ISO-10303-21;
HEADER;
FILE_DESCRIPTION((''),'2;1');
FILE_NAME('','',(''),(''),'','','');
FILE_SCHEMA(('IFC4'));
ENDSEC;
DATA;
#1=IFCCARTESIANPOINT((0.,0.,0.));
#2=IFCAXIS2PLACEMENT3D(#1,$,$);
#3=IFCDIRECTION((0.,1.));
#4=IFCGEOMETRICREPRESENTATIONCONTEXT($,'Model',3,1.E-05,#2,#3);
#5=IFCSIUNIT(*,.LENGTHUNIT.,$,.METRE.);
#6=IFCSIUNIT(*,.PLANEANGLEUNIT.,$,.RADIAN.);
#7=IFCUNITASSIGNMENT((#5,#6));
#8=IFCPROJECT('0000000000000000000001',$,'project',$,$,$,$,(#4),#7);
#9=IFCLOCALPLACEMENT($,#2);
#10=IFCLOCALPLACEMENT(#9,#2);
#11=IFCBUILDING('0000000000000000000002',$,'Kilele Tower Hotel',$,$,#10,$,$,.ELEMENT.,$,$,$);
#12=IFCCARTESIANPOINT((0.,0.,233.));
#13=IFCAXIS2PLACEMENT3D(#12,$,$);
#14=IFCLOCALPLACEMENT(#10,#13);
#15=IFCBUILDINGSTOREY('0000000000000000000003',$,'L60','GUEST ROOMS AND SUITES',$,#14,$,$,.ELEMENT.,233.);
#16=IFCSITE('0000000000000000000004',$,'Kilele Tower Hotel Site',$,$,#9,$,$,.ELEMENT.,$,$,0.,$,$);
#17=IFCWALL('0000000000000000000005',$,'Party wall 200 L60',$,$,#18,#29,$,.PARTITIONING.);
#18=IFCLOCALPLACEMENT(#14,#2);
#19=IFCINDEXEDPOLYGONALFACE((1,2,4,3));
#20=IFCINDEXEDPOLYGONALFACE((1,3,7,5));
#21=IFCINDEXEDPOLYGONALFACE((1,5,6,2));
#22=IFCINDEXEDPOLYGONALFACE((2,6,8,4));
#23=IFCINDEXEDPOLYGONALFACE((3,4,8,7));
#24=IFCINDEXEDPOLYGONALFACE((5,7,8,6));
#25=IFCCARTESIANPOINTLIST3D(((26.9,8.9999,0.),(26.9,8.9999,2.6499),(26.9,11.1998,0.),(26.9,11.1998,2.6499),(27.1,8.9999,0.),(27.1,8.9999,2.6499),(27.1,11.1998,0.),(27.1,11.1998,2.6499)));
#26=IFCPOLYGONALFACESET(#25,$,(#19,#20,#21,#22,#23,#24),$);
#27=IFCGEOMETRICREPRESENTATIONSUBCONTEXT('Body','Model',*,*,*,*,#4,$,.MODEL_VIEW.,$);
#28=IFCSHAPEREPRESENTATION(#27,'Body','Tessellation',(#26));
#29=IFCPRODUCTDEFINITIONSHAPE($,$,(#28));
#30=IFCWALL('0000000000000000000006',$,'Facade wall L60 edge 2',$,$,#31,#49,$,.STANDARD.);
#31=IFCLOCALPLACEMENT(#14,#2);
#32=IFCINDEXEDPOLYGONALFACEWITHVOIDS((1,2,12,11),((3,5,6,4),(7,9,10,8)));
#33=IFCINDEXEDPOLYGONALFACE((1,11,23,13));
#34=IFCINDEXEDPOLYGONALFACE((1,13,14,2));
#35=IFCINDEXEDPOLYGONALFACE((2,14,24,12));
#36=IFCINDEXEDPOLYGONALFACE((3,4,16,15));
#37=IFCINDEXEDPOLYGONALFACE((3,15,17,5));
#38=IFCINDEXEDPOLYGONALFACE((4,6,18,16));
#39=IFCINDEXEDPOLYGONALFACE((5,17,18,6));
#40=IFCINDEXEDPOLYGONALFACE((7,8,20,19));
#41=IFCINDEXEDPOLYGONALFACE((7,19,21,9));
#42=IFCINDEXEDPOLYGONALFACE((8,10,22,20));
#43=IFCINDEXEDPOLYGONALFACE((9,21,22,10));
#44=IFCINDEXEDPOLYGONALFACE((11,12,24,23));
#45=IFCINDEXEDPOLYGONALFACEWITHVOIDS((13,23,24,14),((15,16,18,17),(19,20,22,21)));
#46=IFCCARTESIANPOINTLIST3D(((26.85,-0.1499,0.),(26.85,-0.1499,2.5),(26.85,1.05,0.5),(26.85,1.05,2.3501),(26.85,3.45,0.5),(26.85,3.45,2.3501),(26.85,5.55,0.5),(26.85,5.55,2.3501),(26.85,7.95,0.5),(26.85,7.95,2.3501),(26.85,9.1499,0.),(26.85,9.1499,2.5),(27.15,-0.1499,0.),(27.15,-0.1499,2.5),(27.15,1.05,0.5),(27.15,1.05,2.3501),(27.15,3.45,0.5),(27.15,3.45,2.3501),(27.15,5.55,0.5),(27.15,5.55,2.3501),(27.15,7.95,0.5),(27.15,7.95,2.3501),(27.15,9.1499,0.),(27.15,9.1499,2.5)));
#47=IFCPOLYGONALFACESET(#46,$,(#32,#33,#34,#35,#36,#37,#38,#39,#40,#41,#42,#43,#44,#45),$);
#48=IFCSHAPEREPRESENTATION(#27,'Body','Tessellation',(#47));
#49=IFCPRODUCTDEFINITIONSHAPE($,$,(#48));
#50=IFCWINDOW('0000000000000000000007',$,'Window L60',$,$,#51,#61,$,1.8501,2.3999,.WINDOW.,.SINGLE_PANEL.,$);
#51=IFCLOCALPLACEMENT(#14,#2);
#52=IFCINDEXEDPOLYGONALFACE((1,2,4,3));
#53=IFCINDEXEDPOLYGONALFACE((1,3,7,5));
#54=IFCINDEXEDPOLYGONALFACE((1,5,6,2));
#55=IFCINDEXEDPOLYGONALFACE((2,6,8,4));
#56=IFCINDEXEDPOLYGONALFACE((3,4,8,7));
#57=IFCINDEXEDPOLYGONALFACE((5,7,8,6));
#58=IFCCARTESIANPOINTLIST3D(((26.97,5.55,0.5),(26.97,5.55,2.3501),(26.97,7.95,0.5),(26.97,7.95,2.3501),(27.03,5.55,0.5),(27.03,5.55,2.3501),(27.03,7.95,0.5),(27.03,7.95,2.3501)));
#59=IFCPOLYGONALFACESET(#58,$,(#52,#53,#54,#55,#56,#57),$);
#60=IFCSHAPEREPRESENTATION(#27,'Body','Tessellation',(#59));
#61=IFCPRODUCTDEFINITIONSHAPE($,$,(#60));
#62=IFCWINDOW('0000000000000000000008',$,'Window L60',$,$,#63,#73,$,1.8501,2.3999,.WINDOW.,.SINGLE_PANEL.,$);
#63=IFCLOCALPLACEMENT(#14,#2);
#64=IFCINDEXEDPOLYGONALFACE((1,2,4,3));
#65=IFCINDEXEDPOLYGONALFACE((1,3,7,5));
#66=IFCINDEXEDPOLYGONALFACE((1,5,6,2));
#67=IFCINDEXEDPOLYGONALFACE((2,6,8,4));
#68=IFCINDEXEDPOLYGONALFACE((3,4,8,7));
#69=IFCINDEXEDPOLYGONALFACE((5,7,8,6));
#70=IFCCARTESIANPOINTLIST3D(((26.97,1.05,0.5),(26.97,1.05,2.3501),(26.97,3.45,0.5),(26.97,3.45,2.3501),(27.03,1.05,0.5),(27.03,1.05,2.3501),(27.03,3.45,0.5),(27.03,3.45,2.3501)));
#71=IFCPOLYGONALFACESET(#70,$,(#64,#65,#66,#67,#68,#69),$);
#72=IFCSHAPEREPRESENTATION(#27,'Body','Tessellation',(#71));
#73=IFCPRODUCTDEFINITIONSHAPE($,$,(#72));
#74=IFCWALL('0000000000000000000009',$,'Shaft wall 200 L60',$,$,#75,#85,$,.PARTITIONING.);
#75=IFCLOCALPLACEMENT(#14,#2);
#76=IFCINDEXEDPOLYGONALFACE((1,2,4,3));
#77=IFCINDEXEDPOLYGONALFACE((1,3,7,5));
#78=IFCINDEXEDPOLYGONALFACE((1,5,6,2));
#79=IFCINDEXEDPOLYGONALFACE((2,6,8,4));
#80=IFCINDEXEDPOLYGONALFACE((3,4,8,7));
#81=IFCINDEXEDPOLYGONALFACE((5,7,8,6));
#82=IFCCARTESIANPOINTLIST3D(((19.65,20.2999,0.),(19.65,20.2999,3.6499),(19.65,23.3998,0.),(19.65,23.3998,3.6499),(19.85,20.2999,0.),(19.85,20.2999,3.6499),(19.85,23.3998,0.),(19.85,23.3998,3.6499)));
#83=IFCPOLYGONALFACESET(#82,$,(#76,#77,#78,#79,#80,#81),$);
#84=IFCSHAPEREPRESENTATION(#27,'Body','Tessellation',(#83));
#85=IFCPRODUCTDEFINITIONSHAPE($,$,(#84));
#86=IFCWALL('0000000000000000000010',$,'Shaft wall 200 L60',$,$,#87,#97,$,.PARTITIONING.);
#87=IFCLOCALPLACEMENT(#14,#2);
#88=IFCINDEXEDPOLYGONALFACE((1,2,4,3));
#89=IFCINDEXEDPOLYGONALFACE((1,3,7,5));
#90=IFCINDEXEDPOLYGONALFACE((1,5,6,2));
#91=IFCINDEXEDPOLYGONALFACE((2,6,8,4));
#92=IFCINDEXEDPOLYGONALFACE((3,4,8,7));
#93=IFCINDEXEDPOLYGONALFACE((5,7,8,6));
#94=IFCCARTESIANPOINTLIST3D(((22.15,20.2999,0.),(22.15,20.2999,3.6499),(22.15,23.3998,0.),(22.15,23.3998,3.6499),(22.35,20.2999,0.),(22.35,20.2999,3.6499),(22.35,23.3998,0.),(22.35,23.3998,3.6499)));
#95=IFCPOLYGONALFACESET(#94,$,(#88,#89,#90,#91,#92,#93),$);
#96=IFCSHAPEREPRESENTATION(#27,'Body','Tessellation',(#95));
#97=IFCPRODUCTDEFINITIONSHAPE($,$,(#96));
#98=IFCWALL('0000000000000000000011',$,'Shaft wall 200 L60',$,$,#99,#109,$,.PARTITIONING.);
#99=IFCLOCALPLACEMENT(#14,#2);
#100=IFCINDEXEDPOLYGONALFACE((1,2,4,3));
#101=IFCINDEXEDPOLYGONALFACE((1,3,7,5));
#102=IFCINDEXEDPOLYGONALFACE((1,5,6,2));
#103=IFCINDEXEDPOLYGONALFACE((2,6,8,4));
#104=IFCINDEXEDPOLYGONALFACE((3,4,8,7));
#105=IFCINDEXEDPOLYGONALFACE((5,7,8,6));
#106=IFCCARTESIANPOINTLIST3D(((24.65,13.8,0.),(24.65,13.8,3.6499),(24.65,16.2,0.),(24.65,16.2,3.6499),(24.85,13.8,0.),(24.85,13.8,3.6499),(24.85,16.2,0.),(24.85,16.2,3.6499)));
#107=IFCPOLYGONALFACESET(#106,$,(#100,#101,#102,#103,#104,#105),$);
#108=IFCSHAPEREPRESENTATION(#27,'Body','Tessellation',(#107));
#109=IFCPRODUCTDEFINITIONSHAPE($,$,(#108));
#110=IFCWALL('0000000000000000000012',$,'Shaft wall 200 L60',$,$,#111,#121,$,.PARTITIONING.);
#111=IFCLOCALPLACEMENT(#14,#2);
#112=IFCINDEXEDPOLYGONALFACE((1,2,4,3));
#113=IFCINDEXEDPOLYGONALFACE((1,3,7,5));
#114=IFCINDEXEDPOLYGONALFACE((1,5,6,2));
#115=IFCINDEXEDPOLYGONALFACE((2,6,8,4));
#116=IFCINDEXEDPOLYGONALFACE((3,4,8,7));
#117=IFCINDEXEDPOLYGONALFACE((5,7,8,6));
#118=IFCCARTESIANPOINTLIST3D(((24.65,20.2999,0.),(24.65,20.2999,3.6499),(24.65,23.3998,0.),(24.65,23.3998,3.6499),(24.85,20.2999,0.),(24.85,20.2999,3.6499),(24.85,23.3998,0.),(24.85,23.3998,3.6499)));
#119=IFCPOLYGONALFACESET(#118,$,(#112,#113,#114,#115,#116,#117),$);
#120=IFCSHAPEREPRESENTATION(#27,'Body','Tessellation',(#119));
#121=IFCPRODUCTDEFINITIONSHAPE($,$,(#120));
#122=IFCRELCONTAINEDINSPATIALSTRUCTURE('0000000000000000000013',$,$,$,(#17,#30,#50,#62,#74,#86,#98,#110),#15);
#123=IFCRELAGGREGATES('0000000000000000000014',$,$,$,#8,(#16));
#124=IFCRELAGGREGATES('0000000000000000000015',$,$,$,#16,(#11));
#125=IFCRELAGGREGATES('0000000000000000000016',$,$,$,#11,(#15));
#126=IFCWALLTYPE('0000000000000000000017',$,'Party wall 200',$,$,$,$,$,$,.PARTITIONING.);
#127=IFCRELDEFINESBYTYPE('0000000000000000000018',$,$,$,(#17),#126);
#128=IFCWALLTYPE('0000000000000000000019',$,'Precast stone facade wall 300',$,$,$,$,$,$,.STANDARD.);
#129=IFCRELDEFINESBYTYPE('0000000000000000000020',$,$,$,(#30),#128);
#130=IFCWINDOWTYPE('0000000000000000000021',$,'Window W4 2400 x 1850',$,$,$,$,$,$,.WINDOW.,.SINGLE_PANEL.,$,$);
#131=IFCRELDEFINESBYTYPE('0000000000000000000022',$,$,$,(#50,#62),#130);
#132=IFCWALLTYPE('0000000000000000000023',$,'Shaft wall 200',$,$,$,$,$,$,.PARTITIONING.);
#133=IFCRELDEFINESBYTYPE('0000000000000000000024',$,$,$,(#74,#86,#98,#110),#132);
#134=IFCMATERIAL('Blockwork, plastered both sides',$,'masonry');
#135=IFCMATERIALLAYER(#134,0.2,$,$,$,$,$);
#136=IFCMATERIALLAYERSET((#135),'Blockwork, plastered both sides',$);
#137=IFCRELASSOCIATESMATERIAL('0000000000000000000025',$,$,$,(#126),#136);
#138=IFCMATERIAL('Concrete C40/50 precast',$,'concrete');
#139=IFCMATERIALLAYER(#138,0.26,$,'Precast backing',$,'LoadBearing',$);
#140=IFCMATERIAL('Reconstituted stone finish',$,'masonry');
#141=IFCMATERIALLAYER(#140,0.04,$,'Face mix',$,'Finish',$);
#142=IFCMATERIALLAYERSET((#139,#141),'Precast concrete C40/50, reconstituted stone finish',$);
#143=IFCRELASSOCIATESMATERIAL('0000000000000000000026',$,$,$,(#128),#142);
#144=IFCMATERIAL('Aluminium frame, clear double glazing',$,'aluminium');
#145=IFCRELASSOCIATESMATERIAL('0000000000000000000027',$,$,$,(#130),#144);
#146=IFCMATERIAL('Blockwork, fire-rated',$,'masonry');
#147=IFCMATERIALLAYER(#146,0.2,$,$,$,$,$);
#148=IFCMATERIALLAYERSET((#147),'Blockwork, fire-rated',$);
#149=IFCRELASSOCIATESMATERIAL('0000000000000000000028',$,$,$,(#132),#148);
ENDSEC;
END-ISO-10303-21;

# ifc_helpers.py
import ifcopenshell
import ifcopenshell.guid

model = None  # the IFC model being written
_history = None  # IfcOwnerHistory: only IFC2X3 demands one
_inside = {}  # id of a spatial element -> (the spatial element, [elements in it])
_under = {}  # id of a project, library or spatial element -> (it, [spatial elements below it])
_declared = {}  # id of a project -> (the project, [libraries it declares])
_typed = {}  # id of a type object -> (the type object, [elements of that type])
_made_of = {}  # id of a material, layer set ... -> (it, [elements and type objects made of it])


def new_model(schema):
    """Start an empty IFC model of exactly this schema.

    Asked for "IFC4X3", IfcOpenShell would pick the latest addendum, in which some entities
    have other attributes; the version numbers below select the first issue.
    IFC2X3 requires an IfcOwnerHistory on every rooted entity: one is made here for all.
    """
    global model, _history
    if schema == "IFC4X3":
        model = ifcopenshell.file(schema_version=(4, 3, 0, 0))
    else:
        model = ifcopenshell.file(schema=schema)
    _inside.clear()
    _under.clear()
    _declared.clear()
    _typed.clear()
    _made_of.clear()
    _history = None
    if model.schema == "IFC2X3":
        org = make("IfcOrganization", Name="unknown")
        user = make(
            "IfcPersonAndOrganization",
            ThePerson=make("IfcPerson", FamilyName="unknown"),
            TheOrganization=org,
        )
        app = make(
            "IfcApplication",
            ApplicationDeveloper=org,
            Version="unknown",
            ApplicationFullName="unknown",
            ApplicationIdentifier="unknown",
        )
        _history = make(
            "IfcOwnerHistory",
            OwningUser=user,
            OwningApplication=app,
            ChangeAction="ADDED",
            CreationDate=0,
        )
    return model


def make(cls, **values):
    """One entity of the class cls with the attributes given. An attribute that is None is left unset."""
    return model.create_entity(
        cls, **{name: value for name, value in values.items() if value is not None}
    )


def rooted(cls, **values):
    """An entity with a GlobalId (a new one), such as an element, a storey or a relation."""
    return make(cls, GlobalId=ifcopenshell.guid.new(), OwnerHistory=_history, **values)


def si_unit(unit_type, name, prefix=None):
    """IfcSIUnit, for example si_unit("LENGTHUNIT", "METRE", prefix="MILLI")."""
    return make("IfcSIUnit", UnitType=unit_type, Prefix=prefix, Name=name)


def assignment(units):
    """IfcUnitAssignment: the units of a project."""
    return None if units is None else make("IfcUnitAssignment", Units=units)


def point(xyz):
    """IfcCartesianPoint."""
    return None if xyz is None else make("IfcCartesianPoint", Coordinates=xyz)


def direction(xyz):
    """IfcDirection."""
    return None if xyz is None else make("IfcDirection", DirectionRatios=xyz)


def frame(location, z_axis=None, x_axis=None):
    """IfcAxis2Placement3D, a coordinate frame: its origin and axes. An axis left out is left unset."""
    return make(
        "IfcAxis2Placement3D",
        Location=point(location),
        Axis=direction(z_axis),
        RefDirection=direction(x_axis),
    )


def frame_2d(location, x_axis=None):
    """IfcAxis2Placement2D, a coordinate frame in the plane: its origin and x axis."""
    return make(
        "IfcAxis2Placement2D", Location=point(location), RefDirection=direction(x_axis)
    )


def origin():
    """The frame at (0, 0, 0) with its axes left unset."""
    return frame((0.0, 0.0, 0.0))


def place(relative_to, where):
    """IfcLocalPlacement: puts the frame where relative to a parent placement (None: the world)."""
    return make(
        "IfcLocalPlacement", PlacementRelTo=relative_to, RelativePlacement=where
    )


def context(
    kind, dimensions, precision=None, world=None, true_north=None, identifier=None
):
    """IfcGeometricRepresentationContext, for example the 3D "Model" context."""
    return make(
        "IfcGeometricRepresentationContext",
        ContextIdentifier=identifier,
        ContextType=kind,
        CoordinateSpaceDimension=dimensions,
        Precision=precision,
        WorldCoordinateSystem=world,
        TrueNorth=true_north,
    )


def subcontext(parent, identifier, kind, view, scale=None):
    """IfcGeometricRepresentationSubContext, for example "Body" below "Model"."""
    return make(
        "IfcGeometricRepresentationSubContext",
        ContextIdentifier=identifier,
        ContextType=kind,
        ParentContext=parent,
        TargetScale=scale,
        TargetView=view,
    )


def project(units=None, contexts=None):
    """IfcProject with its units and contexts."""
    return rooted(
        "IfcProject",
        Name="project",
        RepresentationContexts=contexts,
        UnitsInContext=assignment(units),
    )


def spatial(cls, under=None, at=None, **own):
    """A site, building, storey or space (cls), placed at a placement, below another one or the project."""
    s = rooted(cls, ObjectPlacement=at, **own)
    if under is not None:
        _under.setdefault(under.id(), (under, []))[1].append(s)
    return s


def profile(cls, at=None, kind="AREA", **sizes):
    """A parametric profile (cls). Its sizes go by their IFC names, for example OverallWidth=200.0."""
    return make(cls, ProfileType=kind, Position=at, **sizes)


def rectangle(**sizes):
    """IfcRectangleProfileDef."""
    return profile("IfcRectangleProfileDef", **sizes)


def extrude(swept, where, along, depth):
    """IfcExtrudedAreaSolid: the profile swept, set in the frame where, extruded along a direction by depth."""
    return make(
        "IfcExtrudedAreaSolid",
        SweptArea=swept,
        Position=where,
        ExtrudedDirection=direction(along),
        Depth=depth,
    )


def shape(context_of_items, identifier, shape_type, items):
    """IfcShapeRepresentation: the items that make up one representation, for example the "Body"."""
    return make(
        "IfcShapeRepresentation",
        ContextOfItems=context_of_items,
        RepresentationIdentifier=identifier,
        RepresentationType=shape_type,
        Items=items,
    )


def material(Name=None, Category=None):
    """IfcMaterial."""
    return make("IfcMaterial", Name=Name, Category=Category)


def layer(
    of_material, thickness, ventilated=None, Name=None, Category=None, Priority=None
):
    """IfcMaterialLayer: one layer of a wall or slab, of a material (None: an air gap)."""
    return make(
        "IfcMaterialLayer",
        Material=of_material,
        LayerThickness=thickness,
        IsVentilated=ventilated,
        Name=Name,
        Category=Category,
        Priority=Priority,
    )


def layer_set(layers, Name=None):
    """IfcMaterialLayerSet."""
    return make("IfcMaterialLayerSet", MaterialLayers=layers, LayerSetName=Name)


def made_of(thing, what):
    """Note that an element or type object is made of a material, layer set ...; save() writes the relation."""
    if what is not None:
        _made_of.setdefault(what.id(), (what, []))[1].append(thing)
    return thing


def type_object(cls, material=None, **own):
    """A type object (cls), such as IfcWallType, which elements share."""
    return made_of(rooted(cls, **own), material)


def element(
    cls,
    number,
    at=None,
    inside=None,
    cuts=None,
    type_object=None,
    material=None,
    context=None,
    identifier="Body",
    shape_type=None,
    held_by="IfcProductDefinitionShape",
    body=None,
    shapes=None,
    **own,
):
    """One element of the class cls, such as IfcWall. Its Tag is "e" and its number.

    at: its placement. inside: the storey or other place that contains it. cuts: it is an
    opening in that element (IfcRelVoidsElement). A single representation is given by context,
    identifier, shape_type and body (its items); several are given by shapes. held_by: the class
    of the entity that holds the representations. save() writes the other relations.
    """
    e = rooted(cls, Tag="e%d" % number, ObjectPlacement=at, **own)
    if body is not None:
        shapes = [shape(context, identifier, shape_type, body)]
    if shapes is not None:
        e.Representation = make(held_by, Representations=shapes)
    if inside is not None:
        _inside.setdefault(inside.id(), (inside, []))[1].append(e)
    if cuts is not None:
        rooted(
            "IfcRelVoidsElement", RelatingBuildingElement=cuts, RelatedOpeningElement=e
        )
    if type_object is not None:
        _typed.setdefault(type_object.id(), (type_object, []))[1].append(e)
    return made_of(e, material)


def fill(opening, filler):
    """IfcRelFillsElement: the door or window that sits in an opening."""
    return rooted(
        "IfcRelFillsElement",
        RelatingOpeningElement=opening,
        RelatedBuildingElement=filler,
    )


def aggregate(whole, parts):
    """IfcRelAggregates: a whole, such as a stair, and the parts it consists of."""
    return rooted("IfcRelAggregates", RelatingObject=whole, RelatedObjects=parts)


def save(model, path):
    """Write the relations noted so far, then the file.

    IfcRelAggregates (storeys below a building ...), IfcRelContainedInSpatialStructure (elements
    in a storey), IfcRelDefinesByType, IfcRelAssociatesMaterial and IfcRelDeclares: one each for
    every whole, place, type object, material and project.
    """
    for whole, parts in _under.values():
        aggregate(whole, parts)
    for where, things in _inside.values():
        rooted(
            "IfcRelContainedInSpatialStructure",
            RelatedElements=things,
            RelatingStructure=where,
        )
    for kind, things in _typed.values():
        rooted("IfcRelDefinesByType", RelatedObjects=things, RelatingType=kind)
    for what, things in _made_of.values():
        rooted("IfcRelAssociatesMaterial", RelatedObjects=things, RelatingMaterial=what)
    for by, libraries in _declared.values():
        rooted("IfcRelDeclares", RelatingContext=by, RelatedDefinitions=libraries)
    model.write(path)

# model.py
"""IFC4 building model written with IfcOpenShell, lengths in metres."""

from ifc_helpers import new_model, si_unit, direction, frame, frame_2d, origin, place, context, subcontext, project, spatial, rectangle, extrude, material, layer, layer_set, type_object, element, fill, save


model = new_model("IFC4")

# Units and contexts
model_context = context("Model", 3, precision=1e-05, world=origin(), true_north=direction((0.0, 1.0)))
body_context = subcontext(model_context, "Body", "Model", "MODEL_VIEW")
ifc_project = project(units=[si_unit("LENGTHUNIT", "METRE"), si_unit("PLANEANGLEUNIT", "RADIAN")], contexts=[model_context])

# Site, building, storey
site_placement = place(None, origin())
site = spatial("IfcSite", under=ifc_project, at=site_placement, Name="Kilele Tower Hotel Site", CompositionType="ELEMENT", RefElevation=0.0)
building_placement = place(site_placement, origin())
building = spatial("IfcBuilding", under=site, at=building_placement, Name="Kilele Tower Hotel", CompositionType="ELEMENT")
storey_placement = place(building_placement, frame((0.0, 0.0, 233.0)))
storey = spatial("IfcBuildingStorey", under=building, at=storey_placement, Name="L60", Description="GUEST ROOMS AND SUITES", CompositionType="ELEMENT", Elevation=233.0)

# Wall
ifc_material_1 = material(Name="Blockwork, plastered both sides", Category="masonry")
ifc_layer_1 = layer(ifc_material_1, 0.2)
ifc_layer_set_1 = layer_set([ifc_layer_1], Name="Blockwork, plastered both sides")
wall_type_1 = type_object("IfcWallType", Name="Party wall 200", PredefinedType="PARTITIONING", material=ifc_layer_set_1)
wall_1_placement = place(storey_placement, frame((27.0, 11.2, 0.0), z_axis=(0.0, 0.0, 1.0), x_axis=(0.0, -1.0, 0.0)))
element("IfcWall", 1, at=wall_1_placement, inside=storey, type_object=wall_type_1, Name="Party wall 200 L60", PredefinedType="PARTITIONING", context=body_context, shape_type="SweptSolid", body=[
    extrude(rectangle(XDim=2.2, YDim=0.2, at=frame_2d((1.1001, 0.0))), origin(), (0.0, 0.0, 1.0), 2.6499),
])

# Wall, openings, windows
ifc_material_2 = material(Name="Concrete C40/50 precast", Category="concrete")
ifc_layer_2 = layer(ifc_material_2, 0.26, Name="Precast backing", Category="LoadBearing")
ifc_material_3 = material(Name="Reconstituted stone finish", Category="masonry")
ifc_layer_3 = layer(ifc_material_3, 0.04, Name="Face mix", Category="Finish")
ifc_layer_set_2 = layer_set([ifc_layer_2, ifc_layer_3], Name="Precast concrete C40/50, reconstituted stone finish")
wall_type_2 = type_object("IfcWallType", Name="Precast stone facade wall 300", PredefinedType="STANDARD", material=ifc_layer_set_2)
wall_2_placement = place(storey_placement, frame((27.0, 9.1499, 0.0), z_axis=(0.0, 0.0, 1.0), x_axis=(0.0, -1.0, 0.0)))
wall_2 = element("IfcWall", 2, at=wall_2_placement, inside=storey, type_object=wall_type_2, Name="Facade wall L60 edge 2", PredefinedType="STANDARD", context=body_context, shape_type="SweptSolid", body=[
    extrude(rectangle(XDim=9.2998, YDim=0.3, at=frame_2d((4.6499, 0.0))), origin(), (0.0, 0.0, 1.0), 2.5),
])
opening_1_placement = place(wall_2_placement, frame((1.2, 0.0, 0.5)))
opening_1 = element("IfcOpeningElement", 3, at=opening_1_placement, cuts=wall_2, PredefinedType="OPENING", context=body_context, shape_type="SweptSolid", body=[
    extrude(rectangle(XDim=2.3999, YDim=1.8501, at=frame_2d((1.2, 0.925))), frame((0.0, 0.1599, 0.0), z_axis=(0.0, -1.0, 0.0), x_axis=(1.0, 0.0, 0.0)), (0.0, 0.0, 1.0), 0.3201),
])
opening_2_placement = place(wall_2_placement, frame((5.7, 0.0, 0.5)))
opening_2 = element("IfcOpeningElement", 4, at=opening_2_placement, cuts=wall_2, PredefinedType="OPENING", context=body_context, shape_type="SweptSolid", body=[
    extrude(rectangle(XDim=2.3999, YDim=1.8501, at=frame_2d((1.2, 0.925))), frame((0.0, 0.1599, 0.0), z_axis=(0.0, -1.0, 0.0), x_axis=(1.0, 0.0, 0.0)), (0.0, 0.0, 1.0), 0.3201),
])
ifc_material_4 = material(Name="Aluminium frame, clear double glazing", Category="aluminium")
window_type = type_object("IfcWindowType", Name="Window W4 2400 x 1850", PartitioningType="SINGLE_PANEL", PredefinedType="WINDOW", material=ifc_material_4)
window_1_placement = place(opening_1_placement, origin())
window_1 = element("IfcWindow", 5, at=window_1_placement, inside=storey, type_object=window_type, Name="Window L60", OverallHeight=1.8501, OverallWidth=2.3999, PartitioningType="SINGLE_PANEL", PredefinedType="WINDOW", context=body_context, shape_type="SweptSolid", body=[
    extrude(rectangle(XDim=2.3999, YDim=1.8501, at=frame_2d((1.2, 0.925))), frame((0.0, 0.03, 0.0), z_axis=(0.0, -1.0, 0.0), x_axis=(1.0, 0.0, 0.0)), (0.0, 0.0, 1.0), 0.0601),
])
fill(opening_1, window_1)
window_2_placement = place(opening_2_placement, origin())
window_2 = element("IfcWindow", 6, at=window_2_placement, inside=storey, type_object=window_type, Name="Window L60", OverallHeight=1.8501, OverallWidth=2.3999, PartitioningType="SINGLE_PANEL", PredefinedType="WINDOW", context=body_context, shape_type="SweptSolid", body=[
    extrude(rectangle(XDim=2.3999, YDim=1.8501, at=frame_2d((1.2, 0.925))), frame((0.0, 0.03, 0.0), z_axis=(0.0, -1.0, 0.0), x_axis=(1.0, 0.0, 0.0)), (0.0, 0.0, 1.0), 0.0601),
])
fill(opening_2, window_2)

# Walls
ifc_material_5 = material(Name="Blockwork, fire-rated", Category="masonry")
ifc_layer_4 = layer(ifc_material_5, 0.2)
ifc_layer_set_3 = layer_set([ifc_layer_4], Name="Blockwork, fire-rated")
wall_type_3 = type_object("IfcWallType", Name="Shaft wall 200", PredefinedType="PARTITIONING", material=ifc_layer_set_3)
for number, where, z_axis, x_axis, name in (
    (7, (19.75, 20.3, 0.0), (0.0, 0.0, 1.0), (0.0, 1.0, 0.0), "Shaft wall 200 L60"),
    (8, (22.25, 20.3, 0.0), (0.0, 0.0, 1.0), (0.0, 1.0, 0.0), "Shaft wall 200 L60"),
):
    element("IfcWall", number, at=place(storey_placement, frame(where, z_axis=z_axis, x_axis=x_axis)), inside=storey, type_object=wall_type_3, Name=name, PredefinedType="PARTITIONING", context=body_context, shape_type="SweptSolid", body=[
        extrude(rectangle(XDim=3.0999, YDim=0.2, at=frame_2d((1.5498, 0.0))), origin(), (0.0, 0.0, 1.0), 3.6499),
    ])
wall_3_placement = place(storey_placement, frame((24.75, 13.8, 0.0), z_axis=(0.0, 0.0, 1.0), x_axis=(0.0, 1.0, 0.0)))
element("IfcWall", 9, at=wall_3_placement, inside=storey, type_object=wall_type_3, Name="Shaft wall 200 L60", PredefinedType="PARTITIONING", context=body_context, shape_type="SweptSolid", body=[
    extrude(rectangle(XDim=2.3999, YDim=0.2, at=frame_2d((1.2, 0.0))), origin(), (0.0, 0.0, 1.0), 3.6499),
])
wall_4_placement = place(storey_placement, frame((24.75, 20.3, 0.0), z_axis=(0.0, 0.0, 1.0), x_axis=(0.0, 1.0, 0.0)))
element("IfcWall", 10, at=wall_4_placement, inside=storey, type_object=wall_type_3, Name="Shaft wall 200 L60", PredefinedType="PARTITIONING", context=body_context, shape_type="SweptSolid", body=[
    extrude(rectangle(XDim=3.0999, YDim=0.2, at=frame_2d((1.5498, 0.0))), origin(), (0.0, 0.0, 1.0), 3.6499),
])

save(model, "model.ifc")
